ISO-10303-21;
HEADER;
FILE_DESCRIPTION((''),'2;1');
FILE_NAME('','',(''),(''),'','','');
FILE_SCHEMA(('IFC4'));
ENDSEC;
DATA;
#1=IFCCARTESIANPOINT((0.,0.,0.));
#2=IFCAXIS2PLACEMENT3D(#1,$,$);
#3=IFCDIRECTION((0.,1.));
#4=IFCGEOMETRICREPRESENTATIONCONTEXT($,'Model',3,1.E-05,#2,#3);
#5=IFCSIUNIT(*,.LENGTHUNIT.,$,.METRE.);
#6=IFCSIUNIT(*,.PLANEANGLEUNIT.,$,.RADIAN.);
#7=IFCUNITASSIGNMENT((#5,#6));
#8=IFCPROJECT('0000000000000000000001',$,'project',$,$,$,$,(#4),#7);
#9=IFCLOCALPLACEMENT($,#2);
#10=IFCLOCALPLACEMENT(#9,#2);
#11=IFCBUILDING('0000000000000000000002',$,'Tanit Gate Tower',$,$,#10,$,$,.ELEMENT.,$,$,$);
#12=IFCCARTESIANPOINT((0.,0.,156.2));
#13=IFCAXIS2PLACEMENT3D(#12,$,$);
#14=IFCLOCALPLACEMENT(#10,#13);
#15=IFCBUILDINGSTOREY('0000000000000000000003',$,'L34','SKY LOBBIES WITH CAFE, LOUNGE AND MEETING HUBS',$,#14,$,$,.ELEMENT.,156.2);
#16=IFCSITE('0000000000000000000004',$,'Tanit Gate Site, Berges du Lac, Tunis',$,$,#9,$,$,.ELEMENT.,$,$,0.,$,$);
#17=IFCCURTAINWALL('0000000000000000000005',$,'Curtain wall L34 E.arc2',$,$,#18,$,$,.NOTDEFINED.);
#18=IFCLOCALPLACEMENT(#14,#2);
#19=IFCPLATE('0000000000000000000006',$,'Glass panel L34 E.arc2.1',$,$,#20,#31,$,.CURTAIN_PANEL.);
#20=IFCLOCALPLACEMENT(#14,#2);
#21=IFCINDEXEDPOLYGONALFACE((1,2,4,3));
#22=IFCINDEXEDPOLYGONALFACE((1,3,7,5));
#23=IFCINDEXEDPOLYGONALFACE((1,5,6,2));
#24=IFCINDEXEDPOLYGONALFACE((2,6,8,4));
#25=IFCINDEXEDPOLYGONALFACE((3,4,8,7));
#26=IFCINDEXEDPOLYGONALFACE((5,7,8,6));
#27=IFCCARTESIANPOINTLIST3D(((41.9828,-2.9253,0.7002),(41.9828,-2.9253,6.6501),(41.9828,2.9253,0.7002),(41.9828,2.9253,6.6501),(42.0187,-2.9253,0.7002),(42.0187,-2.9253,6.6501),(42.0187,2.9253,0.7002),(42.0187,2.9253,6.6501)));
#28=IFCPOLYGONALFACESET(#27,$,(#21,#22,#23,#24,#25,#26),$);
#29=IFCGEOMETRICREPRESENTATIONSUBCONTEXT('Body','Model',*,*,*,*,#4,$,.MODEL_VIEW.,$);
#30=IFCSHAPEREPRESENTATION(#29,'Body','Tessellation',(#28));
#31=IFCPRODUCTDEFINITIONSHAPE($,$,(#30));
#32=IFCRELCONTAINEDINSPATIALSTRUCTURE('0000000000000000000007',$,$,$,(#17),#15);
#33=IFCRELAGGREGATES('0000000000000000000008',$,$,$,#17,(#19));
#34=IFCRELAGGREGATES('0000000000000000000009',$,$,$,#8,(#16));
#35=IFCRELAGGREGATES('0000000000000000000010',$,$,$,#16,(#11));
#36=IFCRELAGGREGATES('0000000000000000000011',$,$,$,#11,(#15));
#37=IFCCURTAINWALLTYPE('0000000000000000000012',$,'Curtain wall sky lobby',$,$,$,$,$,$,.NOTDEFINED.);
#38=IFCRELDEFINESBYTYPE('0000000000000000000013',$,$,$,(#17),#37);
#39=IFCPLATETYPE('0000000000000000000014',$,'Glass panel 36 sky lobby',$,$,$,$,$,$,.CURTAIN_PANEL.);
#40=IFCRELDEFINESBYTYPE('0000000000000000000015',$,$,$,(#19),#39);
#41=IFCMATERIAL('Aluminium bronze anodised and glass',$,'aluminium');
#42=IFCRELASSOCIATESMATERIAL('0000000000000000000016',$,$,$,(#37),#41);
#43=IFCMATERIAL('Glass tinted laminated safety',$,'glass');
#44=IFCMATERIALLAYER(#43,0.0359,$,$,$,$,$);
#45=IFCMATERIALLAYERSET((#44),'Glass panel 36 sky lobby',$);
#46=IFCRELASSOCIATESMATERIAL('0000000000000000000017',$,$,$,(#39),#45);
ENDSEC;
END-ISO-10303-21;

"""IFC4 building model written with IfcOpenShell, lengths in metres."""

from ifc_helpers import new_model, si_unit, direction, frame, origin, origin_2d, place, context, subcontext, project, spatial, rectangle, extrude, material, layer, layer_set, type_object, element, aggregate, save


model = new_model("IFC4")

# Units and contexts
model_context = context("Model", 3, precision=1e-05, world=origin(), true_north=direction((0.0, 1.0)))
body_context = subcontext(model_context, "Body", "Model", "MODEL_VIEW")
ifc_project = project(units=[si_unit("LENGTHUNIT", "METRE"), si_unit("PLANEANGLEUNIT", "RADIAN")], contexts=[model_context])

# Site, building, storey
site_placement = place(None, origin())
site = spatial("IfcSite", under=ifc_project, at=site_placement, Name="Tanit Gate Site, Berges du Lac, Tunis", CompositionType="ELEMENT", RefElevation=0.0)
building_placement = place(site_placement, origin())
building = spatial("IfcBuilding", under=site, at=building_placement, Name="Tanit Gate Tower", CompositionType="ELEMENT")
storey_placement = place(building_placement, frame((0.0, 0.0, 156.2)))
storey = spatial("IfcBuildingStorey", under=building, at=storey_placement, Name="L34", Description="SKY LOBBIES WITH CAFE, LOUNGE AND MEETING HUBS", CompositionType="ELEMENT", Elevation=156.2)

# Shared definitions
ifc_material_1 = material(Name="Aluminium bronze anodised and glass", Category="aluminium")
curtain_wall_type = type_object("IfcCurtainWallType", Name="Curtain wall sky lobby", PredefinedType="NOTDEFINED", material=ifc_material_1)

# Curtain wall
curtain_wall_1_placement = place(storey_placement, origin())
curtain_wall_1 = element("IfcCurtainWall", 1, at=curtain_wall_1_placement, inside=storey, type_object=curtain_wall_type, Name="Curtain wall L34 E.arc2", PredefinedType="NOTDEFINED")

# Plate
ifc_material_2 = material(Name="Glass tinted laminated safety", Category="glass")
ifc_layer = layer(ifc_material_2, 0.0359)
ifc_layer_set = layer_set([ifc_layer], Name="Glass panel 36 sky lobby")
plate_type = type_object("IfcPlateType", Name="Glass panel 36 sky lobby", PredefinedType="CURTAIN_PANEL", material=ifc_layer_set)
plate_1_placement = place(storey_placement, frame((42.0007, 0.0, 0.7002), z_axis=(0.0, 0.0, 1.0), x_axis=(0.0, 1.0, 0.0)))
plate_1 = element("IfcPlate", 2, at=plate_1_placement, type_object=plate_type, Name="Glass panel L34 E.arc2.1", PredefinedType="CURTAIN_PANEL", context=body_context, shape_type="SweptSolid", body=[
    extrude(rectangle(XDim=5.8506, YDim=0.0359, at=origin_2d()), origin(), (0.0, 0.0, 1.0), 5.95),
])
aggregate(curtain_wall_1, [plate_1])

save(model, "model.ifc")
